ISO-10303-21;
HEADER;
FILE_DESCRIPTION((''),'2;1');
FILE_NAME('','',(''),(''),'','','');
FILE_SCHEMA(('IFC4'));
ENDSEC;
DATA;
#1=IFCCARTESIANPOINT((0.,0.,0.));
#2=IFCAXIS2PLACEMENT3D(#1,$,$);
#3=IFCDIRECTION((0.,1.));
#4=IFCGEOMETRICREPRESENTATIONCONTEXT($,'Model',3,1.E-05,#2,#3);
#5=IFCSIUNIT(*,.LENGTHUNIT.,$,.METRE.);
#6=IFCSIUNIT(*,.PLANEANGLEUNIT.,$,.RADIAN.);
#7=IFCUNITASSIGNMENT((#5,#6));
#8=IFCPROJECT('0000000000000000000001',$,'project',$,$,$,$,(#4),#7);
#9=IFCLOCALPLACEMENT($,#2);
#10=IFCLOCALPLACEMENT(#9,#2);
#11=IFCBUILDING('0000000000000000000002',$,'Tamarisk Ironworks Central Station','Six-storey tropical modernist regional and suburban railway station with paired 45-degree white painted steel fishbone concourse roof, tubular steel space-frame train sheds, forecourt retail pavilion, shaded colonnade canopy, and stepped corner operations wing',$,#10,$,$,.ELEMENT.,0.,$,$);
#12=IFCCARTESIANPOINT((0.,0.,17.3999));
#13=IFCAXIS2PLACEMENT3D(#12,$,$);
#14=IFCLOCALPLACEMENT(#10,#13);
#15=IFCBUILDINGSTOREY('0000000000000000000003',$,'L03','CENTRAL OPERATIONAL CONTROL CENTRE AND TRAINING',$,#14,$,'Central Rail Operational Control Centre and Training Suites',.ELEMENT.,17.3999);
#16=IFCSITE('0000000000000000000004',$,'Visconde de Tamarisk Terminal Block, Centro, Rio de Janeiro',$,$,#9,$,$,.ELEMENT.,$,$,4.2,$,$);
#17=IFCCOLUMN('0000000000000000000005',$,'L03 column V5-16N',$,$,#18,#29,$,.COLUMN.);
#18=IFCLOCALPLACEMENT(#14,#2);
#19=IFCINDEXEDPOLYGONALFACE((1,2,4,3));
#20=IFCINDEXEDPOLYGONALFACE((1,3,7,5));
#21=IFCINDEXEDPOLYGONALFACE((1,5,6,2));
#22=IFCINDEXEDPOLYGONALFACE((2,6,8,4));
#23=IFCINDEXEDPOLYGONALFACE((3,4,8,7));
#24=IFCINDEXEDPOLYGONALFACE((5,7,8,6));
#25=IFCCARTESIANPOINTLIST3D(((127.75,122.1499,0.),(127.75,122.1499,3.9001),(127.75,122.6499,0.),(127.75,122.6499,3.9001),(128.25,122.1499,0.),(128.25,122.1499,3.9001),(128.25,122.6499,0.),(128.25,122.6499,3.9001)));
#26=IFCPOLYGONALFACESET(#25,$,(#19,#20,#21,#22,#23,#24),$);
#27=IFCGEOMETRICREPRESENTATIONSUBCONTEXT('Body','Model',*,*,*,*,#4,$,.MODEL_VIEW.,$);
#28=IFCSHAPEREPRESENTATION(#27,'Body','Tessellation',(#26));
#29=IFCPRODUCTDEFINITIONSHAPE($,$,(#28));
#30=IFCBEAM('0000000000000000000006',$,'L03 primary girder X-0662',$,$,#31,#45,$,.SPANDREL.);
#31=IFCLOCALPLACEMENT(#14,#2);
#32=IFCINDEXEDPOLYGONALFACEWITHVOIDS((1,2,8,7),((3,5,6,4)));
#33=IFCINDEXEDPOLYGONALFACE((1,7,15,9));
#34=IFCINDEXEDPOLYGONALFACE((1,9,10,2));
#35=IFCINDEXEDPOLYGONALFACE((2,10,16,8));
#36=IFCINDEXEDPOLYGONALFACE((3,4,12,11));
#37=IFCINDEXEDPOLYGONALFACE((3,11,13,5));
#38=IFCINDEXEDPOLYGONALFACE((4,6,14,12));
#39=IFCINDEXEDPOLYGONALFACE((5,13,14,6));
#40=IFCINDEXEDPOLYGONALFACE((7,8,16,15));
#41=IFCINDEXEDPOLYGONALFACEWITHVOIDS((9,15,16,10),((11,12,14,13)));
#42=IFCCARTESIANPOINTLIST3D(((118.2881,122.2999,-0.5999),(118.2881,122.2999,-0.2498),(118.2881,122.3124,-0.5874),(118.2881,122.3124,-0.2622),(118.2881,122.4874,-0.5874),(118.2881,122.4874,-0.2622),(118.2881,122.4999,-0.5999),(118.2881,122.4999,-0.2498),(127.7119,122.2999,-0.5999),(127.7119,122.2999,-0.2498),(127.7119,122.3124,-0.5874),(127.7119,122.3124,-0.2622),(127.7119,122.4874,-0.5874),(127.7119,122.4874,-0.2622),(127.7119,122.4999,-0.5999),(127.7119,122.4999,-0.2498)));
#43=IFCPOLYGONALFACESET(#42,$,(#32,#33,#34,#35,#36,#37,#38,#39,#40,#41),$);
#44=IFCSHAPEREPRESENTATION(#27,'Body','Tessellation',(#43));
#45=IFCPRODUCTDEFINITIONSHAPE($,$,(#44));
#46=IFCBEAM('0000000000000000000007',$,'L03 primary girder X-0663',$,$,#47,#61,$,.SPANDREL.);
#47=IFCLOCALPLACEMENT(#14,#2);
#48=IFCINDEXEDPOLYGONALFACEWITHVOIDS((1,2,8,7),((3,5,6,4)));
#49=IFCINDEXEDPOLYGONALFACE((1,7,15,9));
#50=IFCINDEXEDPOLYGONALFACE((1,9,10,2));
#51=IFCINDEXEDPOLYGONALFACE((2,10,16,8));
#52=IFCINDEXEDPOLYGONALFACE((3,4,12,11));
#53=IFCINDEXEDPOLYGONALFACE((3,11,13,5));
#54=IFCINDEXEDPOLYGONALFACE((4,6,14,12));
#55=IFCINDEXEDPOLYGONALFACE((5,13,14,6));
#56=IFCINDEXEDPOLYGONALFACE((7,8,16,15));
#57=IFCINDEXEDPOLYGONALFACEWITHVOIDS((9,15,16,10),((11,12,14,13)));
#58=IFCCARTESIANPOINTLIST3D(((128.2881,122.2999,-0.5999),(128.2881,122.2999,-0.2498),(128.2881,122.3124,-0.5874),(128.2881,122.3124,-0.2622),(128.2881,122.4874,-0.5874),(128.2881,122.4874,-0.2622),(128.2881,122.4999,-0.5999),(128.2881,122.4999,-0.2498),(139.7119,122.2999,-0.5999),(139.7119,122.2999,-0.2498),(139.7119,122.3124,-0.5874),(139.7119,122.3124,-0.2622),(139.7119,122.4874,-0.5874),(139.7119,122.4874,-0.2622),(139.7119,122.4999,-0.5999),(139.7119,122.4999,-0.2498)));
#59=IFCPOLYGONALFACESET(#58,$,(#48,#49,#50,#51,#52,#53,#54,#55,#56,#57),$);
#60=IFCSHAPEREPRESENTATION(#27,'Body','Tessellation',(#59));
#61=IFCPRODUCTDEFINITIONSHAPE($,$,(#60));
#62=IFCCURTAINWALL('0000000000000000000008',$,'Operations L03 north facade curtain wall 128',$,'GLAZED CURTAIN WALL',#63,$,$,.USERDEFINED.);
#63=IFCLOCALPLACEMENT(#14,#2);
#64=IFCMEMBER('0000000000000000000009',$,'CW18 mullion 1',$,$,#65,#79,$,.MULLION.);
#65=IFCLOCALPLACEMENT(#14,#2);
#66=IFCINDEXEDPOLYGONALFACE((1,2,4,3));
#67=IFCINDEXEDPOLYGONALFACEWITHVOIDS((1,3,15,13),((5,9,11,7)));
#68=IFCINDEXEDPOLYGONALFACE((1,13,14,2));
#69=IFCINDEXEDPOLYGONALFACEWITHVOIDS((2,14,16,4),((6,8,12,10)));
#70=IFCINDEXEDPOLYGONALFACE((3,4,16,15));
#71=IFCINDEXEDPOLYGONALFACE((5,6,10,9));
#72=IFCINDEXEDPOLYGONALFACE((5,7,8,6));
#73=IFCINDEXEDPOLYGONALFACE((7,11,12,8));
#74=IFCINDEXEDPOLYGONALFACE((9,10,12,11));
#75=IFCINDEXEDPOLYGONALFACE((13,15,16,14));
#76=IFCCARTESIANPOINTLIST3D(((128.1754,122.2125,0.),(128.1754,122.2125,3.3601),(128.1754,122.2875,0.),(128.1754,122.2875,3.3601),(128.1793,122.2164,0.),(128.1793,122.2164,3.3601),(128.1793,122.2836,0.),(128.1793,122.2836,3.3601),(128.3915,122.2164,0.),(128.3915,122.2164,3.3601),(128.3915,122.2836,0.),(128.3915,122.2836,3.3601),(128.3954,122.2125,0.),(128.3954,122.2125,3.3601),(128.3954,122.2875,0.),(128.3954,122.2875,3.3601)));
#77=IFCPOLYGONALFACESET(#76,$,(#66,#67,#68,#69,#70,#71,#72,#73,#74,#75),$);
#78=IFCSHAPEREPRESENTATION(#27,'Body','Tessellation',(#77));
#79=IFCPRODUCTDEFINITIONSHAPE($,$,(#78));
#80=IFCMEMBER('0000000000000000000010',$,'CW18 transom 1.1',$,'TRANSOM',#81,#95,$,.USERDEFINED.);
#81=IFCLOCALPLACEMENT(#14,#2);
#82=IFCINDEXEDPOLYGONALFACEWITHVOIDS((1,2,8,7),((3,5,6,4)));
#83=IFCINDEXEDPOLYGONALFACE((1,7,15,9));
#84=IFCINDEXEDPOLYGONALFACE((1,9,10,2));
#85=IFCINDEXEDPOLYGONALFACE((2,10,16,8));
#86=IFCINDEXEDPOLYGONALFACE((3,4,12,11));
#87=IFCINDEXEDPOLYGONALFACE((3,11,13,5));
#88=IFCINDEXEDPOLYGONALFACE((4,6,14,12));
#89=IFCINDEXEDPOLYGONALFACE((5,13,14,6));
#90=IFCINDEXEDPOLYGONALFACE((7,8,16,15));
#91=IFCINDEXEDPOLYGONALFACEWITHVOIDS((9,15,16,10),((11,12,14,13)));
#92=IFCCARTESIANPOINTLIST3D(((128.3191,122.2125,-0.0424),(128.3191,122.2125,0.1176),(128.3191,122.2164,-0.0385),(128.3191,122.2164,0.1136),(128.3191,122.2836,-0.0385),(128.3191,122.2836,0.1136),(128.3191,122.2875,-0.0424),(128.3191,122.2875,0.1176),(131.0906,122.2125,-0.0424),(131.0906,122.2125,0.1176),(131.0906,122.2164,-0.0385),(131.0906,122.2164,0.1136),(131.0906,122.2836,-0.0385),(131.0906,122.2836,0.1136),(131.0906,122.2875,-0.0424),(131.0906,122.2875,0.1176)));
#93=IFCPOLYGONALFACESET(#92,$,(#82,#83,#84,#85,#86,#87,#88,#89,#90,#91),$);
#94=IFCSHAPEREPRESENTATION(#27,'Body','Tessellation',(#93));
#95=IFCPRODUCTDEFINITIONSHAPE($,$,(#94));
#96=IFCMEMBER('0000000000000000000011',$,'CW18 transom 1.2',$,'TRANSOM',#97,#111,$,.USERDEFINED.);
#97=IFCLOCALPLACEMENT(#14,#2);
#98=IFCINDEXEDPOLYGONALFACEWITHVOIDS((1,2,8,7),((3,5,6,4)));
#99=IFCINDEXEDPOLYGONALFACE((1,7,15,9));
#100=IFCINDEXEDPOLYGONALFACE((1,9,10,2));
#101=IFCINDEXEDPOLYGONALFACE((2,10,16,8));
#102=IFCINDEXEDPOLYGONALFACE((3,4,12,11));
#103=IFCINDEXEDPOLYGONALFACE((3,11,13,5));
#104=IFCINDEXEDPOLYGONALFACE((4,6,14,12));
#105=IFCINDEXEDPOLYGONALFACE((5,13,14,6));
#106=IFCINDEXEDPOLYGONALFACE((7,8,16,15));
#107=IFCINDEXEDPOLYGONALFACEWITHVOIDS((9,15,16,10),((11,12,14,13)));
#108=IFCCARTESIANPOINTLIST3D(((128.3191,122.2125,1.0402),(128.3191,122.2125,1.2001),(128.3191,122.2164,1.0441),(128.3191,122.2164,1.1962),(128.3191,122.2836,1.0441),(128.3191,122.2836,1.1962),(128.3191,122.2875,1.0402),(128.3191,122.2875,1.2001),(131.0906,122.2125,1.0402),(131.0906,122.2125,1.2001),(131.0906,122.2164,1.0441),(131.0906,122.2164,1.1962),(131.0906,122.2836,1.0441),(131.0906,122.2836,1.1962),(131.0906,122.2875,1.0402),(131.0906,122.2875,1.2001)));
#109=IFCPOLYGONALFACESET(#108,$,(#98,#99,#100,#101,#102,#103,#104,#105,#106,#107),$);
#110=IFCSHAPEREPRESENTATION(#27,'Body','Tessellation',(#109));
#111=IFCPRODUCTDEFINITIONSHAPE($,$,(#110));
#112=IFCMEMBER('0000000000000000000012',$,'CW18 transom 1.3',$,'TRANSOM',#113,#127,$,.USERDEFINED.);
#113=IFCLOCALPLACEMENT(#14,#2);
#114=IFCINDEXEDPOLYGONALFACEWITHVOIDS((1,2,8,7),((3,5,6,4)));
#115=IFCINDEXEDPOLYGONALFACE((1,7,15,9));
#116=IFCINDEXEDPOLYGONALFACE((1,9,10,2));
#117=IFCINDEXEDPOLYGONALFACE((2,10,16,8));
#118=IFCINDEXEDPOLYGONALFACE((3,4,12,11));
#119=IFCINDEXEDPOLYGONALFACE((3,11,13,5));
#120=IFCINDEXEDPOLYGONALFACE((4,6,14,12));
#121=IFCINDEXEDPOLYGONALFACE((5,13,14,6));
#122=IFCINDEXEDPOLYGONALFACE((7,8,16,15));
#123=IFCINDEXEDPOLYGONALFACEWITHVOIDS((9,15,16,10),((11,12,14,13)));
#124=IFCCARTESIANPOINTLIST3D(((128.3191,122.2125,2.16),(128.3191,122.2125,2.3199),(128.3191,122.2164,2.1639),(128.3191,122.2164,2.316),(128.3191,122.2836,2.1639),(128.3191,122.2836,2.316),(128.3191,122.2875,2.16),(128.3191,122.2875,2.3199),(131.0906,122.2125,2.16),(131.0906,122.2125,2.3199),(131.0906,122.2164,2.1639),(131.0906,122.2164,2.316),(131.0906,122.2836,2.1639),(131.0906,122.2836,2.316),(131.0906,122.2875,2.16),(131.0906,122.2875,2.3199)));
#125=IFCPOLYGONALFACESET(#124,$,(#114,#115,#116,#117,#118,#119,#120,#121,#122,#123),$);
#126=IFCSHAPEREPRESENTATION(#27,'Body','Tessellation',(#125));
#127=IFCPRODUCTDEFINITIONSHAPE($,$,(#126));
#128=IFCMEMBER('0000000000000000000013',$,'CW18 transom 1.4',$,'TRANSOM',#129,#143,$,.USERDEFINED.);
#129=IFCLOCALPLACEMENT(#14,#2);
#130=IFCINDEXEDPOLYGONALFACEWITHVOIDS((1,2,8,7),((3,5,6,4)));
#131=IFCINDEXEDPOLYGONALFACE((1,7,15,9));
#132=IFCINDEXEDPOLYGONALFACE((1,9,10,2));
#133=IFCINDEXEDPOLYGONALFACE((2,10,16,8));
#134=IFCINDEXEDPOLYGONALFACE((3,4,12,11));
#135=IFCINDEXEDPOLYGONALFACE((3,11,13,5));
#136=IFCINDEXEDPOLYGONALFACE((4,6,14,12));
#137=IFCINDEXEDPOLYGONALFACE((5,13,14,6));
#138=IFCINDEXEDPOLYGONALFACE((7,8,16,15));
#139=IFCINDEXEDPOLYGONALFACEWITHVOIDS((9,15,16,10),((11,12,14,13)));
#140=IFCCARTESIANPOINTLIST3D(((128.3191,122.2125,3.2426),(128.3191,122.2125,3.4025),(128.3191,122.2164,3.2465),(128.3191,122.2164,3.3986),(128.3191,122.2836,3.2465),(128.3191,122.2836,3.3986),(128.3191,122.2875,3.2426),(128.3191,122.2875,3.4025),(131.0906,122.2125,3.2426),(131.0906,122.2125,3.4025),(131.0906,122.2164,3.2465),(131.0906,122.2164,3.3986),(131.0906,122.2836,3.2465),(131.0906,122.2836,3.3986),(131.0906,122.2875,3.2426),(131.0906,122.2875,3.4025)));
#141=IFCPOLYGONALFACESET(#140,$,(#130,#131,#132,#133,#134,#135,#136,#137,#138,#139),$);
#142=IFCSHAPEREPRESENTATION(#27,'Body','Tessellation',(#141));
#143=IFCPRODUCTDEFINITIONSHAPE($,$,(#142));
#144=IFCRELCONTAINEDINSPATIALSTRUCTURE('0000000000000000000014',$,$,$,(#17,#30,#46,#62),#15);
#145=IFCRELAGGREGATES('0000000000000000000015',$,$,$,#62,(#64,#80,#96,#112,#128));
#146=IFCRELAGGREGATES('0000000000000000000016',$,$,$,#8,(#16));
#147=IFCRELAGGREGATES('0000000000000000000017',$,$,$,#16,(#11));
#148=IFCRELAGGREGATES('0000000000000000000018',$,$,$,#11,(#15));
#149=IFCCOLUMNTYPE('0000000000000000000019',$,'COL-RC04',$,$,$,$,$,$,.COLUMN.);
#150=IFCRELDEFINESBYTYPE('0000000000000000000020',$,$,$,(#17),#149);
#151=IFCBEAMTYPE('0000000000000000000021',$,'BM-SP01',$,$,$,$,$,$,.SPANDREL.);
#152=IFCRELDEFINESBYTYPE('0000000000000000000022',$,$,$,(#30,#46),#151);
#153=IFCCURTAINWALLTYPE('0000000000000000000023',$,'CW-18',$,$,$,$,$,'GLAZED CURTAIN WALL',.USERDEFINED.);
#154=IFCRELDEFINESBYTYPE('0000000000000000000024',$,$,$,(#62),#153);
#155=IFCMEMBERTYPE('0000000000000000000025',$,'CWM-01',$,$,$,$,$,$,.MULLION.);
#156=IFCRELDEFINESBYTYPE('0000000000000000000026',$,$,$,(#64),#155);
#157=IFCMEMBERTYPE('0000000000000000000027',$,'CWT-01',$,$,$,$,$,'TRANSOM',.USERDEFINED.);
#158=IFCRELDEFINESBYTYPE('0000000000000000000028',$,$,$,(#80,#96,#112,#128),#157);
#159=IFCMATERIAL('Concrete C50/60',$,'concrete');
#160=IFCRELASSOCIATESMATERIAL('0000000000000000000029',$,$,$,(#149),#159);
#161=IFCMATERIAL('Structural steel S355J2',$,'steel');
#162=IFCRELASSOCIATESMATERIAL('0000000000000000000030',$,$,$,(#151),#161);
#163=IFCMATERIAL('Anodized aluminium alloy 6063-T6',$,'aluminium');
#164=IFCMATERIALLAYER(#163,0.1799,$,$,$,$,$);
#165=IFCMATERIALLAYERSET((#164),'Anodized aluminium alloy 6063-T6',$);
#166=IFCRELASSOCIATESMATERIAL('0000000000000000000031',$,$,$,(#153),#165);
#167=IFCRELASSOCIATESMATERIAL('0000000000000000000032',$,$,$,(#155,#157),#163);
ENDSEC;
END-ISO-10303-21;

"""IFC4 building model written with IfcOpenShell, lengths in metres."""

from ifc_helpers import new_model, si_unit, direction, frame, origin, origin_2d, place, context, subcontext, project, spatial, rectangle, hollow_rectangle, extrude, material, layer, layer_set, material_profile, profile_set, type_object, element, aggregate, save


model = new_model("IFC4")

# Units and contexts
model_context = context("Model", 3, precision=1e-05, world=origin(), true_north=direction((0.0, 1.0)))
body_context = subcontext(model_context, "Body", "Model", "MODEL_VIEW")
ifc_project = project(units=[si_unit("LENGTHUNIT", "METRE"), si_unit("PLANEANGLEUNIT", "RADIAN")], contexts=[model_context])

# Site, building, storey
site_placement = place(None, origin())
site = spatial("IfcSite", under=ifc_project, at=site_placement, Name="Visconde de Tamarisk Terminal Block, Centro, Rio de Janeiro", CompositionType="ELEMENT", RefElevation=4.2)
building_placement = place(site_placement, origin())
building = spatial("IfcBuilding", under=site, at=building_placement, Name="Tamarisk Ironworks Central Station", Description="Six-storey tropical modernist regional and suburban railway station with paired 45-degree white painted steel fishbone concourse roof, tubular steel space-frame train sheds, forecourt retail pavilion, shaded colonnade canopy, and stepped corner operations wing", CompositionType="ELEMENT", ElevationOfRefHeight=0.0)
storey_placement = place(building_placement, frame((0.0, 0.0, 17.3999)))
storey = spatial("IfcBuildingStorey", under=building, at=storey_placement, Name="L03", Description="CENTRAL OPERATIONAL CONTROL CENTRE AND TRAINING", LongName="Central Rail Operational Control Centre and Training Suites", CompositionType="ELEMENT", Elevation=17.3999)

# Column
ifc_material_1 = material(Name="Concrete C50/60", Category="concrete")
ifc_material_profile_1 = material_profile(ifc_material_1, rectangle(XDim=0.5, YDim=0.5, at=origin_2d()), Name="RC 500x500")
ifc_profile_set_1 = profile_set([ifc_material_profile_1], Name="Concrete C50/60")
column_type = type_object("IfcColumnType", Name="COL-RC04", PredefinedType="COLUMN", material=ifc_profile_set_1)
column_placement = place(storey_placement, frame((128.0, 122.3999, 0.0), z_axis=(0.0, 0.0, 1.0), x_axis=(1.0, 0.0, 0.0)))
element("IfcColumn", 1, at=column_placement, inside=storey, type_object=column_type, Name="L03 column V5-16N", PredefinedType="COLUMN", context=body_context, shape_type="SweptSolid", body=[
    extrude(rectangle(XDim=0.5, YDim=0.5, at=origin_2d()), origin(), (0.0, 0.0, 1.0), 3.9001),
])

# Beams
ifc_material_2 = material(Name="Structural steel S355J2", Category="steel")
ifc_material_profile_2 = material_profile(ifc_material_2, hollow_rectangle(XDim=0.2, YDim=0.3501, WallThickness=0.0125, at=origin_2d()), Name="RHS 350x200x12.5")
ifc_profile_set_2 = profile_set([ifc_material_profile_2], Name="Structural steel S355J2")
beam_type = type_object("IfcBeamType", Name="BM-SP01", PredefinedType="SPANDREL", material=ifc_profile_set_2)
beam_1_placement = place(storey_placement, frame((118.2881, 122.3999, -0.4248), z_axis=(1.0, 0.0, 0.0), x_axis=(0.0, 1.0, 0.0)))
element("IfcBeam", 2, at=beam_1_placement, inside=storey, type_object=beam_type, Name="L03 primary girder X-0662", PredefinedType="SPANDREL", context=body_context, shape_type="SweptSolid", body=[
    extrude(hollow_rectangle(XDim=0.2, YDim=0.3501, WallThickness=0.0125, at=origin_2d()), origin(), (0.0, 0.0, 1.0), 9.4238),
])
beam_2_placement = place(storey_placement, frame((128.2881, 122.3999, -0.4248), z_axis=(1.0, 0.0, 0.0), x_axis=(0.0, 1.0, 0.0)))
element("IfcBeam", 3, at=beam_2_placement, inside=storey, type_object=beam_type, Name="L03 primary girder X-0663", PredefinedType="SPANDREL", context=body_context, shape_type="SweptSolid", body=[
    extrude(hollow_rectangle(XDim=0.2, YDim=0.3501, WallThickness=0.0125, at=origin_2d()), origin(), (0.0, 0.0, 1.0), 11.4238),
])

# Curtain wall, members
ifc_material_3 = material(Name="Anodized aluminium alloy 6063-T6", Category="aluminium")
ifc_layer_1 = layer(ifc_material_3, 0.1799)
ifc_layer_set_1 = layer_set([ifc_layer_1], Name="Anodized aluminium alloy 6063-T6")
curtain_wall_type = type_object("IfcCurtainWallType", Name="CW-18", ElementType="GLAZED CURTAIN WALL", PredefinedType="USERDEFINED", material=ifc_layer_set_1)
curtain_wall_placement = place(storey_placement, origin())
curtain_wall = element("IfcCurtainWall", 4, at=curtain_wall_placement, inside=storey, type_object=curtain_wall_type, Name="Operations L03 north facade curtain wall 128", ObjectType="GLAZED CURTAIN WALL", PredefinedType="USERDEFINED")
ifc_material_profile_3 = material_profile(ifc_material_3, hollow_rectangle(XDim=0.075, YDim=0.22, WallThickness=0.0039, at=origin_2d()), Name="ALUM 220x75")
ifc_profile_set_3 = profile_set([ifc_material_profile_3], Name="Anodized aluminium alloy 6063-T6")
member_type_1 = type_object("IfcMemberType", Name="CWM-01", PredefinedType="MULLION", material=ifc_profile_set_3)
member_1_placement = place(storey_placement, frame((128.2854, 122.25, 0.0), z_axis=(0.0, 0.0, 1.0), x_axis=(0.0, 1.0, 0.0)))
member_1 = element("IfcMember", 5, at=member_1_placement, type_object=member_type_1, Name="CW18 mullion 1", PredefinedType="MULLION", context=body_context, shape_type="SweptSolid", body=[
    extrude(hollow_rectangle(XDim=0.075, YDim=0.22, WallThickness=0.0039, at=origin_2d()), origin(), (0.0, 0.0, 1.0), 3.3601),
])
ifc_material_profile_4 = material_profile(ifc_material_3, hollow_rectangle(XDim=0.075, YDim=0.1599, WallThickness=0.0039, at=origin_2d()), Name="ALUM 160x75")
ifc_profile_set_4 = profile_set([ifc_material_profile_4], Name="Anodized aluminium alloy 6063-T6")
member_type_2 = type_object("IfcMemberType", Name="CWT-01", ElementType="TRANSOM", PredefinedType="USERDEFINED", material=ifc_profile_set_4)
member_2_placement = place(storey_placement, frame((128.3191, 122.25, 0.0376), z_axis=(1.0, 0.0, 0.0), x_axis=(0.0, 1.0, 0.0)))
member_2 = element("IfcMember", 6, at=member_2_placement, type_object=member_type_2, Name="CW18 transom 1.1", ObjectType="TRANSOM", PredefinedType="USERDEFINED", context=body_context, shape_type="SweptSolid", body=[
    extrude(hollow_rectangle(XDim=0.075, YDim=0.1599, WallThickness=0.0039, at=origin_2d()), origin(), (0.0, 0.0, 1.0), 2.7715),
])
member_3_placement = place(storey_placement, frame((128.3191, 122.25, 1.1201), z_axis=(1.0, 0.0, 0.0), x_axis=(0.0, 1.0, 0.0)))
member_3 = element("IfcMember", 7, at=member_3_placement, type_object=member_type_2, Name="CW18 transom 1.2", ObjectType="TRANSOM", PredefinedType="USERDEFINED", context=body_context, shape_type="SweptSolid", body=[
    extrude(hollow_rectangle(XDim=0.075, YDim=0.1599, WallThickness=0.0039, at=origin_2d()), origin(), (0.0, 0.0, 1.0), 2.7715),
])
member_4_placement = place(storey_placement, frame((128.3191, 122.25, 2.24), z_axis=(1.0, 0.0, 0.0), x_axis=(0.0, 1.0, 0.0)))
member_4 = element("IfcMember", 8, at=member_4_placement, type_object=member_type_2, Name="CW18 transom 1.3", ObjectType="TRANSOM", PredefinedType="USERDEFINED", context=body_context, shape_type="SweptSolid", body=[
    extrude(hollow_rectangle(XDim=0.075, YDim=0.1599, WallThickness=0.0039, at=origin_2d()), origin(), (0.0, 0.0, 1.0), 2.7715),
])
member_5_placement = place(storey_placement, frame((128.3191, 122.25, 3.3225), z_axis=(1.0, 0.0, 0.0), x_axis=(0.0, 1.0, 0.0)))
member_5 = element("IfcMember", 9, at=member_5_placement, type_object=member_type_2, Name="CW18 transom 1.4", ObjectType="TRANSOM", PredefinedType="USERDEFINED", context=body_context, shape_type="SweptSolid", body=[
    extrude(hollow_rectangle(XDim=0.075, YDim=0.1599, WallThickness=0.0039, at=origin_2d()), origin(), (0.0, 0.0, 1.0), 2.7715),
])
aggregate(curtain_wall, [member_1, member_2, member_3, member_4, member_5])

save(model, "model.ifc")
